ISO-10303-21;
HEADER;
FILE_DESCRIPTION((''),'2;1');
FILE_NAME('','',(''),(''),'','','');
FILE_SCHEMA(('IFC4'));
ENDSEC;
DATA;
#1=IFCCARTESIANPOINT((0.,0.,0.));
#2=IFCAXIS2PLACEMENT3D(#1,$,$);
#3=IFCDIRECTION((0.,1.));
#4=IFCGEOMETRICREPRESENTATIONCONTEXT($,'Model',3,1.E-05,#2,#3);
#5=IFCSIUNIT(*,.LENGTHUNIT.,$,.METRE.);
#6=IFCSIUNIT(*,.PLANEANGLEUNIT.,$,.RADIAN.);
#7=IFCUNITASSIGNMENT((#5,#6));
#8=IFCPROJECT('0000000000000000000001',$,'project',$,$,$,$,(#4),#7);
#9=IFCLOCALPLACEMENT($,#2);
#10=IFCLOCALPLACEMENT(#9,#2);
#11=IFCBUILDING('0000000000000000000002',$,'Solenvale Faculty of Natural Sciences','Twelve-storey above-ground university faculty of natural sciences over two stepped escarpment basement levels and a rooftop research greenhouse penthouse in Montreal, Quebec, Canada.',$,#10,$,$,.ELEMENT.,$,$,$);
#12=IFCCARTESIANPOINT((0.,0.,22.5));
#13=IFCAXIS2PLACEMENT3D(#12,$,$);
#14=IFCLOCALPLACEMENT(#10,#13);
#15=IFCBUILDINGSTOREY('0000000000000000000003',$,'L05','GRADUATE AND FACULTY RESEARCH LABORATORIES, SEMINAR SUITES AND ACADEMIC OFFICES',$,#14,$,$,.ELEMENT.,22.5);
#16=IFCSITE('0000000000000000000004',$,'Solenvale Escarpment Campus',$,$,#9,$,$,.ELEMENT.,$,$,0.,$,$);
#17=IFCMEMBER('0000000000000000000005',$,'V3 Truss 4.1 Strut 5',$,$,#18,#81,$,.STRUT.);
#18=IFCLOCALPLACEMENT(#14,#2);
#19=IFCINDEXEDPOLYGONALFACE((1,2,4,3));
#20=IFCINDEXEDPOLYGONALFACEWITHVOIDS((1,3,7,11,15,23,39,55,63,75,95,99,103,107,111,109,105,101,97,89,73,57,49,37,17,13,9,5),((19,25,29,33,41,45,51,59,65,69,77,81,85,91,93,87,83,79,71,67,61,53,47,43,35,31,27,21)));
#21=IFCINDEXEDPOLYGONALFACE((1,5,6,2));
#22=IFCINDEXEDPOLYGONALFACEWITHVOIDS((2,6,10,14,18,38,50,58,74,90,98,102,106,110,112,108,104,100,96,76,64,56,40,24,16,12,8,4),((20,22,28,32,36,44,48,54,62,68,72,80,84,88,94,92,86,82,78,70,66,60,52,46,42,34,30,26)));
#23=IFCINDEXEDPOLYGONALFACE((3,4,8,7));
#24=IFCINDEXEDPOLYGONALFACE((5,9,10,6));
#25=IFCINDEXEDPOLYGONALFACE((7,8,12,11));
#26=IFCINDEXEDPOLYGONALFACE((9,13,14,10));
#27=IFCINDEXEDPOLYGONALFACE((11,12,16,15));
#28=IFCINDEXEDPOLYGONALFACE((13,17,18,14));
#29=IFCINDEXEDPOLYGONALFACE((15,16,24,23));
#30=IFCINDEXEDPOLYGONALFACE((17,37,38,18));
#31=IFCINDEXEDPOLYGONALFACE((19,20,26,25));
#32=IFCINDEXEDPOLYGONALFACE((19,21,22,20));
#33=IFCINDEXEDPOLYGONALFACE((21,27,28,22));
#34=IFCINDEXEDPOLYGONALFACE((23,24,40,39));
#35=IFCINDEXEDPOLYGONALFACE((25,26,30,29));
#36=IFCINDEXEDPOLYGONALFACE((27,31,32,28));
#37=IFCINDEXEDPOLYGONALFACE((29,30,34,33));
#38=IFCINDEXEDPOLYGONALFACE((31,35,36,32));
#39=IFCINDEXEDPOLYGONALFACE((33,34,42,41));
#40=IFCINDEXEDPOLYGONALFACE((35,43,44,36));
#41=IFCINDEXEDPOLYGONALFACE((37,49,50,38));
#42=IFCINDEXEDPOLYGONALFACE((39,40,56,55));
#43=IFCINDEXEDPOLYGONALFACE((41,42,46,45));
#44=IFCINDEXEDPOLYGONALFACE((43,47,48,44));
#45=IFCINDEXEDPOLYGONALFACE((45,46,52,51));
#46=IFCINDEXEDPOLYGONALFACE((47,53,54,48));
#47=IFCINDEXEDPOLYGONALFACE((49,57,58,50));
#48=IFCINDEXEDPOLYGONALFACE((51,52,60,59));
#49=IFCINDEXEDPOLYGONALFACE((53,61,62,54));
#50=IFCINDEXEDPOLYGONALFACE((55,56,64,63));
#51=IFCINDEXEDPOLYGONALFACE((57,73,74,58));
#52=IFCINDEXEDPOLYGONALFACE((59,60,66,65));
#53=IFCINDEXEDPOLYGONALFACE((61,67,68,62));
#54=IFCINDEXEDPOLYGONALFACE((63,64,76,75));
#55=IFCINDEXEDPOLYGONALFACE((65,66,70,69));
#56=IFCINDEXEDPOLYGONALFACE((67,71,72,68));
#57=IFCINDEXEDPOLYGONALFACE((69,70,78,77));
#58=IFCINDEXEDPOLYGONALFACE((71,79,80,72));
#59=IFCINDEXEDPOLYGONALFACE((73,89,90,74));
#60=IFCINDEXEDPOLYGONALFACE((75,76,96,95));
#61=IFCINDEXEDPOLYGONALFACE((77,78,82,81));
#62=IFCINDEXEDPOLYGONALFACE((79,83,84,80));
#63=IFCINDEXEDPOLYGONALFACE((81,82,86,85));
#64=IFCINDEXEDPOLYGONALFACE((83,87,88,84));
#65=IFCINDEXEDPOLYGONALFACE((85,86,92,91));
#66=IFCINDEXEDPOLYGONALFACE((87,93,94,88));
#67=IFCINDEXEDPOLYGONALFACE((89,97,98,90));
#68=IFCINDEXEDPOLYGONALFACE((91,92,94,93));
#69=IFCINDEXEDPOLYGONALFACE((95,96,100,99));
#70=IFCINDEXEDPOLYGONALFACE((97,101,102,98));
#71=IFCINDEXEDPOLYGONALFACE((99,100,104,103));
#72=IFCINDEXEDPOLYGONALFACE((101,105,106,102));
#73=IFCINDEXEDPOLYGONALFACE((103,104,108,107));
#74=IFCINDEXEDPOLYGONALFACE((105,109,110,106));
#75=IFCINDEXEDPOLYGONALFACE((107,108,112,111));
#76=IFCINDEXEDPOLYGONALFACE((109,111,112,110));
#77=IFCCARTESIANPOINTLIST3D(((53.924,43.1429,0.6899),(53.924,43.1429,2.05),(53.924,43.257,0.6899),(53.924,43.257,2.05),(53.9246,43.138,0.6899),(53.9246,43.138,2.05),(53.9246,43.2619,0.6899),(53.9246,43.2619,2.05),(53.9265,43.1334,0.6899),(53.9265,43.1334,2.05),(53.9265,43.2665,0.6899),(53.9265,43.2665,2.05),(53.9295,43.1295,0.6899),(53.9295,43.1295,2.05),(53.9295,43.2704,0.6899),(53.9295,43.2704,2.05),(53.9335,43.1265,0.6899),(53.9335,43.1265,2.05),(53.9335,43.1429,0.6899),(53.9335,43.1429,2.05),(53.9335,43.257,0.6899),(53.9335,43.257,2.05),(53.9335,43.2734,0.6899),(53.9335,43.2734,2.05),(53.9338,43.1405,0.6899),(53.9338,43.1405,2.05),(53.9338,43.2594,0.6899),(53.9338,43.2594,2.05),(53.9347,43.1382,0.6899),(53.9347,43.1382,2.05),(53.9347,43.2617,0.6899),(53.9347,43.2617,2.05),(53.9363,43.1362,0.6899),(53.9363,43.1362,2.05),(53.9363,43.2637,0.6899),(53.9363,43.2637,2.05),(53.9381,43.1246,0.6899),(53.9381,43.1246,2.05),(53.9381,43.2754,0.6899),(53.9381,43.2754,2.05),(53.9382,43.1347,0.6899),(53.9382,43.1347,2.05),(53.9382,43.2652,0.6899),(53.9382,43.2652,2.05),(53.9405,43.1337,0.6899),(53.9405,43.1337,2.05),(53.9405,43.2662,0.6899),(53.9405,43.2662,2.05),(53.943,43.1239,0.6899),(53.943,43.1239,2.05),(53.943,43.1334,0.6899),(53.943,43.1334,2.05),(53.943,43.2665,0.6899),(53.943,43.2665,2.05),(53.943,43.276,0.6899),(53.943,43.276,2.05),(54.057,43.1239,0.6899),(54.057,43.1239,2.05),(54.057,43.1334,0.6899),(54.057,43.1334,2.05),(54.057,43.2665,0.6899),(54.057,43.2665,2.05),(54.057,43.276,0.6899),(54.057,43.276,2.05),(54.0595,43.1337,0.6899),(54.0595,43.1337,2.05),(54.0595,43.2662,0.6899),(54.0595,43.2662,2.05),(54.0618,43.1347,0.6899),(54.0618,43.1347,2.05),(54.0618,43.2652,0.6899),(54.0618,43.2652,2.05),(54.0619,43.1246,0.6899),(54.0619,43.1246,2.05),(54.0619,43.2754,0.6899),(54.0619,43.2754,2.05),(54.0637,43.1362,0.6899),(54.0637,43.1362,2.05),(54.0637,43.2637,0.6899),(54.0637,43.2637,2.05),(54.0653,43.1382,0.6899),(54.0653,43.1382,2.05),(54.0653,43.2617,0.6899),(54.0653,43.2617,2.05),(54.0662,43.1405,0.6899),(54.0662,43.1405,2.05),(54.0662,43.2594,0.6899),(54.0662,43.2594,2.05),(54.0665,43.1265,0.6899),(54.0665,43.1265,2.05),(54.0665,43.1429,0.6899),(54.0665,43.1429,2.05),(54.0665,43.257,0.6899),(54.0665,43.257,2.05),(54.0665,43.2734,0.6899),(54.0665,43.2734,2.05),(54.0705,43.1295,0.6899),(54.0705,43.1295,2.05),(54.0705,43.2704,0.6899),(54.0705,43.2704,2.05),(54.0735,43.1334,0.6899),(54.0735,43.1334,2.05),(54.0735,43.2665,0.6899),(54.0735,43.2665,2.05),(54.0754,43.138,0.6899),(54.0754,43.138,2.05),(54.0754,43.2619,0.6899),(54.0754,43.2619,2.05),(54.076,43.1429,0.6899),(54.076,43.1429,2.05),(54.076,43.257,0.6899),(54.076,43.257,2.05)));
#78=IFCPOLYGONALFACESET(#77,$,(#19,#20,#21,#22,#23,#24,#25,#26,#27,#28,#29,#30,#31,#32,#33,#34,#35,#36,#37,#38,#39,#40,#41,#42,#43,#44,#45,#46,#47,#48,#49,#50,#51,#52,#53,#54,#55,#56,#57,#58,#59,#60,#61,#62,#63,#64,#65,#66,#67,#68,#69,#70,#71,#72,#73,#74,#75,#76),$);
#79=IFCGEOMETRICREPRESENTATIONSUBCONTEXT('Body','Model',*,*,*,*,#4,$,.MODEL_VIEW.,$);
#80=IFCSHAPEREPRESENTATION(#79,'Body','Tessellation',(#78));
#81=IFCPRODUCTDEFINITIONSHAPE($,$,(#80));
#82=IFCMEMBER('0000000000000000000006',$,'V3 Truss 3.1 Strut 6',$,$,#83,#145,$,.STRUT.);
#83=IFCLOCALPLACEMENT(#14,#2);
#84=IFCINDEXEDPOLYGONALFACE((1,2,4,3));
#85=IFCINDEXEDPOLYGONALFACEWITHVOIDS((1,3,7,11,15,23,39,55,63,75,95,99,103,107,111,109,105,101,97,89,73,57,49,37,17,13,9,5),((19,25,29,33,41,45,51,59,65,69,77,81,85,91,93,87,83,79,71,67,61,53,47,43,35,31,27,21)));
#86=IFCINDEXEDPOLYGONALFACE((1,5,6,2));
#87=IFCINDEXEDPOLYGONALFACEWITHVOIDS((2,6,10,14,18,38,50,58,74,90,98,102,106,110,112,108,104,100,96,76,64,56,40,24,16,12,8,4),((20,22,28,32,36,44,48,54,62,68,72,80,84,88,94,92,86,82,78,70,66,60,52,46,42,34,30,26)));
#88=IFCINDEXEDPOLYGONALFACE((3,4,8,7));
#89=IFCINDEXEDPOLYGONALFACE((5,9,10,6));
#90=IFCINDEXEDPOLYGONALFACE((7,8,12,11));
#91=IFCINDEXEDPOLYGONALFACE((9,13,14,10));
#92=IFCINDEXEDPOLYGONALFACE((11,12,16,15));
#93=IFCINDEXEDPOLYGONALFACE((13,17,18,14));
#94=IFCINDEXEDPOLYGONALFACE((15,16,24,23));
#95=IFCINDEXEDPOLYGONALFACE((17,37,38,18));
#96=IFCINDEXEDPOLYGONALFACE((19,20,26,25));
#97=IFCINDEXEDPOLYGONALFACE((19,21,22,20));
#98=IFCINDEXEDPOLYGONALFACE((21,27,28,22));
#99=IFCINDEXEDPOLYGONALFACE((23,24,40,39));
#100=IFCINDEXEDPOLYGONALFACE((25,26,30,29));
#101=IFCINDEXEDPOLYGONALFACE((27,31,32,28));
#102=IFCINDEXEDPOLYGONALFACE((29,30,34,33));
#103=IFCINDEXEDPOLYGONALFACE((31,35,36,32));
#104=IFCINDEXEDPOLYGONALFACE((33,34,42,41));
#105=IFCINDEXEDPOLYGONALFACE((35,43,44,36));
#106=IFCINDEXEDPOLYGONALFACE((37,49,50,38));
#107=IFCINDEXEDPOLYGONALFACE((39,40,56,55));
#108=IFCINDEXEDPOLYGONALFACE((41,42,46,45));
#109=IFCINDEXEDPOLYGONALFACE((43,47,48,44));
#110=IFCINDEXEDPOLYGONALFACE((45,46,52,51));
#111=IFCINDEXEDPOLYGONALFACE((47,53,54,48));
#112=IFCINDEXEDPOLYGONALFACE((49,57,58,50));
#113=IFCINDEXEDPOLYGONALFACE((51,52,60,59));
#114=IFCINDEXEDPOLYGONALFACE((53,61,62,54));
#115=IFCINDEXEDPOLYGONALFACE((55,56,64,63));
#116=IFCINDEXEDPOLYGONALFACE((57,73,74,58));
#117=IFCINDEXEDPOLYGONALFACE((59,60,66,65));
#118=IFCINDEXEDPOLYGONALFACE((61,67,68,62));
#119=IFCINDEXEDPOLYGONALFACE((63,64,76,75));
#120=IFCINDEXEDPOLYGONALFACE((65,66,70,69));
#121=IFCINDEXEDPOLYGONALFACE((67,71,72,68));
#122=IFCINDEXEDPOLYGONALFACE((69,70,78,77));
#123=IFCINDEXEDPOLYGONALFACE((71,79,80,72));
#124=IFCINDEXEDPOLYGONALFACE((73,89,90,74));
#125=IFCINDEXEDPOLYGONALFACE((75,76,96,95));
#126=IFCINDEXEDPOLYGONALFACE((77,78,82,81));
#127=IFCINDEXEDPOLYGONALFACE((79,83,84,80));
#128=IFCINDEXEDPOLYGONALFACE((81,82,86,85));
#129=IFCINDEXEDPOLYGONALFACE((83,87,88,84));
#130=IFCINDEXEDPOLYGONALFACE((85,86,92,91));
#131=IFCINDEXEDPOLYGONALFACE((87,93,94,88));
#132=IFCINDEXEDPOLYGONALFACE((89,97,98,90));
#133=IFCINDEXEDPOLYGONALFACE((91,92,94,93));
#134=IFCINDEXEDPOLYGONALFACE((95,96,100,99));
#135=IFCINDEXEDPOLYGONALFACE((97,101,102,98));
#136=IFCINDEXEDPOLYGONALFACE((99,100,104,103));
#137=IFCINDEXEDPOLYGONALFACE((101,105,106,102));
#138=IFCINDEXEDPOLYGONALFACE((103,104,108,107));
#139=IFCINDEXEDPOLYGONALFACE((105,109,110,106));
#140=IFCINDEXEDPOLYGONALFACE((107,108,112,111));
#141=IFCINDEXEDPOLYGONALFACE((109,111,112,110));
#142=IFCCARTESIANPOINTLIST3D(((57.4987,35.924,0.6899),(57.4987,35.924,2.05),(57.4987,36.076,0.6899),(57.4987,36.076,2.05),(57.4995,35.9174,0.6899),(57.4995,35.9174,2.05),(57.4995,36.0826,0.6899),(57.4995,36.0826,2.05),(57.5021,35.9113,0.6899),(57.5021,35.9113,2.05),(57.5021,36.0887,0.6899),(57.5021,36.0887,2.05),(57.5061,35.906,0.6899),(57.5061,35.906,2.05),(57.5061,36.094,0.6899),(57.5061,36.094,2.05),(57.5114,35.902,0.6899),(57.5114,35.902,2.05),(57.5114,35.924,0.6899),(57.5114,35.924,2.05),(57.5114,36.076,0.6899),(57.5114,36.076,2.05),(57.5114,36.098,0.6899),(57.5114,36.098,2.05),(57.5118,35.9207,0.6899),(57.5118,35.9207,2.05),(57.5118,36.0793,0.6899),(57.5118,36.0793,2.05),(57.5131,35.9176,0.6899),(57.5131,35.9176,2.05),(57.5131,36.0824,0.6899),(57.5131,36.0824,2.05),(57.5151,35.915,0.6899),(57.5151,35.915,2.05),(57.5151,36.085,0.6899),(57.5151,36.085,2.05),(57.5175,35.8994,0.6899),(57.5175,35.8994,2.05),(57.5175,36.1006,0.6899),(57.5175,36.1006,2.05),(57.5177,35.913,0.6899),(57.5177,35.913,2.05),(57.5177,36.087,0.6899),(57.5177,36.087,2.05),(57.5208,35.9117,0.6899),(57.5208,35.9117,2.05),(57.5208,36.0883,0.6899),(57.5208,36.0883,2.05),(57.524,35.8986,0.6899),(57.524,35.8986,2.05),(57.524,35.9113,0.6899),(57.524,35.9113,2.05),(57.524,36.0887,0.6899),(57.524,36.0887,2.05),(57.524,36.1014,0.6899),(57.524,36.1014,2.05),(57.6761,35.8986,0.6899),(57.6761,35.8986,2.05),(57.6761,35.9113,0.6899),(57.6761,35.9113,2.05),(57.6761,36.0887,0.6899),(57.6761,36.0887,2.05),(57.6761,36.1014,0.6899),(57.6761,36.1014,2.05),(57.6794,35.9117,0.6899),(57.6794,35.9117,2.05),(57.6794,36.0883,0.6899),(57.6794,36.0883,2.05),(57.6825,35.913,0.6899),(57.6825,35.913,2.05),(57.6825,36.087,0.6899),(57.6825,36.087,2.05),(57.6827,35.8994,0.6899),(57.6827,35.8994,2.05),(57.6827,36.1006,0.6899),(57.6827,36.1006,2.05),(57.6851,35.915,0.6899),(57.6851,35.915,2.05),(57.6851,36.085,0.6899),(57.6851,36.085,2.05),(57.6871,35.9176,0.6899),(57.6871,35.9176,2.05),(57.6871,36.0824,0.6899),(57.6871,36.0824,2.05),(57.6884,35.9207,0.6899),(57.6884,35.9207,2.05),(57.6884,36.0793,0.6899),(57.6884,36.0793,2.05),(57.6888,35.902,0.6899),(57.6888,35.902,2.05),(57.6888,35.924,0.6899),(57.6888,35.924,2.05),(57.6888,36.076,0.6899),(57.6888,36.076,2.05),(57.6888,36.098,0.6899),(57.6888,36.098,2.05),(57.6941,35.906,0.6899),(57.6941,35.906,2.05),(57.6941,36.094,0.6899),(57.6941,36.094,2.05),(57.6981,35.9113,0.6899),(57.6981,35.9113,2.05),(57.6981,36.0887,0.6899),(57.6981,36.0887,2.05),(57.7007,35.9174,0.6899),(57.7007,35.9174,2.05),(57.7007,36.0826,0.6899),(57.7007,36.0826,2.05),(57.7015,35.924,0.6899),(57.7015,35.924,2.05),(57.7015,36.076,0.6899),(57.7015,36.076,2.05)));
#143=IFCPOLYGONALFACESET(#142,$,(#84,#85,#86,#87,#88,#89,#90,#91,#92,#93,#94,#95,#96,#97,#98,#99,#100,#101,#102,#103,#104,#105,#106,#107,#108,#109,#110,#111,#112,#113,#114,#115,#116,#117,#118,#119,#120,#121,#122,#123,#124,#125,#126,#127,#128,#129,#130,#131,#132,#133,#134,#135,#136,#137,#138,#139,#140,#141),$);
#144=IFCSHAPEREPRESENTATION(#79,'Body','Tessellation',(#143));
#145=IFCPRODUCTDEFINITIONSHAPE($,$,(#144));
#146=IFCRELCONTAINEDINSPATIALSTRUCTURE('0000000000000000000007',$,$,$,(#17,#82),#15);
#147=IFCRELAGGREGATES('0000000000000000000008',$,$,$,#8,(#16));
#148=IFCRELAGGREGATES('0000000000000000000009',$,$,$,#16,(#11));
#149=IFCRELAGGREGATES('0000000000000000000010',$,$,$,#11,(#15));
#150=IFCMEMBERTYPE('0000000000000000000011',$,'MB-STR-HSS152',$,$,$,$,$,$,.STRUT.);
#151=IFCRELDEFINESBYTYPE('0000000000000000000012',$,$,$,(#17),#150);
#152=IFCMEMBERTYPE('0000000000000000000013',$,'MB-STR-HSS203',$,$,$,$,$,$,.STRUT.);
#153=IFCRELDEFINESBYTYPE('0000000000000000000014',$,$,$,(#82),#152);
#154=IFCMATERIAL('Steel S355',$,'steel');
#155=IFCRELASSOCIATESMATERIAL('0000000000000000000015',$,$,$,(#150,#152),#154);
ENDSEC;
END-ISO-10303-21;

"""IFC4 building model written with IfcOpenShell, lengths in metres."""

from ifc_helpers import new_model, si_unit, direction, frame, origin, origin_2d, place, context, subcontext, project, spatial, hollow_rectangle, extrude, material, material_profile, profile_set, type_object, element, save


model = new_model("IFC4")

# Units and contexts
model_context = context("Model", 3, precision=1e-05, world=origin(), true_north=direction((0.0, 1.0)))
body_context = subcontext(model_context, "Body", "Model", "MODEL_VIEW")
ifc_project = project(units=[si_unit("LENGTHUNIT", "METRE"), si_unit("PLANEANGLEUNIT", "RADIAN")], contexts=[model_context])

# Site, building, storey
site_placement = place(None, origin())
site = spatial("IfcSite", under=ifc_project, at=site_placement, Name="Solenvale Escarpment Campus", CompositionType="ELEMENT", RefElevation=0.0)
building_placement = place(site_placement, origin())
building = spatial("IfcBuilding", under=site, at=building_placement, Name="Solenvale Faculty of Natural Sciences", Description="Twelve-storey above-ground university faculty of natural sciences over two stepped escarpment basement levels and a rooftop research greenhouse penthouse in Montreal, Quebec, Canada.", CompositionType="ELEMENT")
storey_placement = place(building_placement, frame((0.0, 0.0, 22.5)))
storey = spatial("IfcBuildingStorey", under=building, at=storey_placement, Name="L05", Description="GRADUATE AND FACULTY RESEARCH LABORATORIES, SEMINAR SUITES AND ACADEMIC OFFICES", CompositionType="ELEMENT", Elevation=22.5)

# Shared definitions
ifc_material_1 = material(Name="Steel S355", Category="steel")

# Members
ifc_material_profile_1 = material_profile(ifc_material_1, hollow_rectangle(XDim=0.1521, YDim=0.1521, WallThickness=0.0095, InnerFilletRadius=0.0095, OuterFilletRadius=0.019, at=origin_2d()), Name="HSS152x152x9.5")
ifc_profile_set_1 = profile_set([ifc_material_profile_1], Name="Steel S355")
member_type_1 = type_object("IfcMemberType", Name="MB-STR-HSS152", PredefinedType="STRUT", material=ifc_profile_set_1)
for number, where, z_axis, x_axis, name in (
    (1, (54.0, 43.2, 0.6899), (0.0, 0.0, 1.0), (1.0, 0.0, 0.0), "V3 Truss 4.1 Strut 5"),
):
    element("IfcMember", number, at=place(storey_placement, frame(where, z_axis=z_axis, x_axis=x_axis)), inside=storey, type_object=member_type_1, Name=name, PredefinedType="STRUT", context=body_context, shape_type="SweptSolid", body=[
        extrude(hollow_rectangle(XDim=0.1521, YDim=0.1521, WallThickness=0.0095, InnerFilletRadius=0.0095, OuterFilletRadius=0.019, at=origin_2d()), origin(), (0.0, 0.0, 1.0), 1.3601),
    ])
ifc_material_profile_2 = material_profile(ifc_material_1, hollow_rectangle(XDim=0.2029, YDim=0.2029, WallThickness=0.0127, InnerFilletRadius=0.0127, OuterFilletRadius=0.0254, at=origin_2d()), Name="HSS203x203x13")
ifc_profile_set_2 = profile_set([ifc_material_profile_2], Name="Steel S355")
member_type_2 = type_object("IfcMemberType", Name="MB-STR-HSS203", PredefinedType="STRUT", material=ifc_profile_set_2)
for number, where, z_axis, x_axis, name in (
    (2, (57.6001, 36.0, 0.6899), (0.0, 0.0, 1.0), (1.0, 0.0, 0.0), "V3 Truss 3.1 Strut 6"),
):
    element("IfcMember", number, at=place(storey_placement, frame(where, z_axis=z_axis, x_axis=x_axis)), inside=storey, type_object=member_type_2, Name=name, PredefinedType="STRUT", context=body_context, shape_type="SweptSolid", body=[
        extrude(hollow_rectangle(XDim=0.2029, YDim=0.2029, WallThickness=0.0127, InnerFilletRadius=0.0127, OuterFilletRadius=0.0254, at=origin_2d()), origin(), (0.0, 0.0, 1.0), 1.3601),
    ])

save(model, "model.ifc")
